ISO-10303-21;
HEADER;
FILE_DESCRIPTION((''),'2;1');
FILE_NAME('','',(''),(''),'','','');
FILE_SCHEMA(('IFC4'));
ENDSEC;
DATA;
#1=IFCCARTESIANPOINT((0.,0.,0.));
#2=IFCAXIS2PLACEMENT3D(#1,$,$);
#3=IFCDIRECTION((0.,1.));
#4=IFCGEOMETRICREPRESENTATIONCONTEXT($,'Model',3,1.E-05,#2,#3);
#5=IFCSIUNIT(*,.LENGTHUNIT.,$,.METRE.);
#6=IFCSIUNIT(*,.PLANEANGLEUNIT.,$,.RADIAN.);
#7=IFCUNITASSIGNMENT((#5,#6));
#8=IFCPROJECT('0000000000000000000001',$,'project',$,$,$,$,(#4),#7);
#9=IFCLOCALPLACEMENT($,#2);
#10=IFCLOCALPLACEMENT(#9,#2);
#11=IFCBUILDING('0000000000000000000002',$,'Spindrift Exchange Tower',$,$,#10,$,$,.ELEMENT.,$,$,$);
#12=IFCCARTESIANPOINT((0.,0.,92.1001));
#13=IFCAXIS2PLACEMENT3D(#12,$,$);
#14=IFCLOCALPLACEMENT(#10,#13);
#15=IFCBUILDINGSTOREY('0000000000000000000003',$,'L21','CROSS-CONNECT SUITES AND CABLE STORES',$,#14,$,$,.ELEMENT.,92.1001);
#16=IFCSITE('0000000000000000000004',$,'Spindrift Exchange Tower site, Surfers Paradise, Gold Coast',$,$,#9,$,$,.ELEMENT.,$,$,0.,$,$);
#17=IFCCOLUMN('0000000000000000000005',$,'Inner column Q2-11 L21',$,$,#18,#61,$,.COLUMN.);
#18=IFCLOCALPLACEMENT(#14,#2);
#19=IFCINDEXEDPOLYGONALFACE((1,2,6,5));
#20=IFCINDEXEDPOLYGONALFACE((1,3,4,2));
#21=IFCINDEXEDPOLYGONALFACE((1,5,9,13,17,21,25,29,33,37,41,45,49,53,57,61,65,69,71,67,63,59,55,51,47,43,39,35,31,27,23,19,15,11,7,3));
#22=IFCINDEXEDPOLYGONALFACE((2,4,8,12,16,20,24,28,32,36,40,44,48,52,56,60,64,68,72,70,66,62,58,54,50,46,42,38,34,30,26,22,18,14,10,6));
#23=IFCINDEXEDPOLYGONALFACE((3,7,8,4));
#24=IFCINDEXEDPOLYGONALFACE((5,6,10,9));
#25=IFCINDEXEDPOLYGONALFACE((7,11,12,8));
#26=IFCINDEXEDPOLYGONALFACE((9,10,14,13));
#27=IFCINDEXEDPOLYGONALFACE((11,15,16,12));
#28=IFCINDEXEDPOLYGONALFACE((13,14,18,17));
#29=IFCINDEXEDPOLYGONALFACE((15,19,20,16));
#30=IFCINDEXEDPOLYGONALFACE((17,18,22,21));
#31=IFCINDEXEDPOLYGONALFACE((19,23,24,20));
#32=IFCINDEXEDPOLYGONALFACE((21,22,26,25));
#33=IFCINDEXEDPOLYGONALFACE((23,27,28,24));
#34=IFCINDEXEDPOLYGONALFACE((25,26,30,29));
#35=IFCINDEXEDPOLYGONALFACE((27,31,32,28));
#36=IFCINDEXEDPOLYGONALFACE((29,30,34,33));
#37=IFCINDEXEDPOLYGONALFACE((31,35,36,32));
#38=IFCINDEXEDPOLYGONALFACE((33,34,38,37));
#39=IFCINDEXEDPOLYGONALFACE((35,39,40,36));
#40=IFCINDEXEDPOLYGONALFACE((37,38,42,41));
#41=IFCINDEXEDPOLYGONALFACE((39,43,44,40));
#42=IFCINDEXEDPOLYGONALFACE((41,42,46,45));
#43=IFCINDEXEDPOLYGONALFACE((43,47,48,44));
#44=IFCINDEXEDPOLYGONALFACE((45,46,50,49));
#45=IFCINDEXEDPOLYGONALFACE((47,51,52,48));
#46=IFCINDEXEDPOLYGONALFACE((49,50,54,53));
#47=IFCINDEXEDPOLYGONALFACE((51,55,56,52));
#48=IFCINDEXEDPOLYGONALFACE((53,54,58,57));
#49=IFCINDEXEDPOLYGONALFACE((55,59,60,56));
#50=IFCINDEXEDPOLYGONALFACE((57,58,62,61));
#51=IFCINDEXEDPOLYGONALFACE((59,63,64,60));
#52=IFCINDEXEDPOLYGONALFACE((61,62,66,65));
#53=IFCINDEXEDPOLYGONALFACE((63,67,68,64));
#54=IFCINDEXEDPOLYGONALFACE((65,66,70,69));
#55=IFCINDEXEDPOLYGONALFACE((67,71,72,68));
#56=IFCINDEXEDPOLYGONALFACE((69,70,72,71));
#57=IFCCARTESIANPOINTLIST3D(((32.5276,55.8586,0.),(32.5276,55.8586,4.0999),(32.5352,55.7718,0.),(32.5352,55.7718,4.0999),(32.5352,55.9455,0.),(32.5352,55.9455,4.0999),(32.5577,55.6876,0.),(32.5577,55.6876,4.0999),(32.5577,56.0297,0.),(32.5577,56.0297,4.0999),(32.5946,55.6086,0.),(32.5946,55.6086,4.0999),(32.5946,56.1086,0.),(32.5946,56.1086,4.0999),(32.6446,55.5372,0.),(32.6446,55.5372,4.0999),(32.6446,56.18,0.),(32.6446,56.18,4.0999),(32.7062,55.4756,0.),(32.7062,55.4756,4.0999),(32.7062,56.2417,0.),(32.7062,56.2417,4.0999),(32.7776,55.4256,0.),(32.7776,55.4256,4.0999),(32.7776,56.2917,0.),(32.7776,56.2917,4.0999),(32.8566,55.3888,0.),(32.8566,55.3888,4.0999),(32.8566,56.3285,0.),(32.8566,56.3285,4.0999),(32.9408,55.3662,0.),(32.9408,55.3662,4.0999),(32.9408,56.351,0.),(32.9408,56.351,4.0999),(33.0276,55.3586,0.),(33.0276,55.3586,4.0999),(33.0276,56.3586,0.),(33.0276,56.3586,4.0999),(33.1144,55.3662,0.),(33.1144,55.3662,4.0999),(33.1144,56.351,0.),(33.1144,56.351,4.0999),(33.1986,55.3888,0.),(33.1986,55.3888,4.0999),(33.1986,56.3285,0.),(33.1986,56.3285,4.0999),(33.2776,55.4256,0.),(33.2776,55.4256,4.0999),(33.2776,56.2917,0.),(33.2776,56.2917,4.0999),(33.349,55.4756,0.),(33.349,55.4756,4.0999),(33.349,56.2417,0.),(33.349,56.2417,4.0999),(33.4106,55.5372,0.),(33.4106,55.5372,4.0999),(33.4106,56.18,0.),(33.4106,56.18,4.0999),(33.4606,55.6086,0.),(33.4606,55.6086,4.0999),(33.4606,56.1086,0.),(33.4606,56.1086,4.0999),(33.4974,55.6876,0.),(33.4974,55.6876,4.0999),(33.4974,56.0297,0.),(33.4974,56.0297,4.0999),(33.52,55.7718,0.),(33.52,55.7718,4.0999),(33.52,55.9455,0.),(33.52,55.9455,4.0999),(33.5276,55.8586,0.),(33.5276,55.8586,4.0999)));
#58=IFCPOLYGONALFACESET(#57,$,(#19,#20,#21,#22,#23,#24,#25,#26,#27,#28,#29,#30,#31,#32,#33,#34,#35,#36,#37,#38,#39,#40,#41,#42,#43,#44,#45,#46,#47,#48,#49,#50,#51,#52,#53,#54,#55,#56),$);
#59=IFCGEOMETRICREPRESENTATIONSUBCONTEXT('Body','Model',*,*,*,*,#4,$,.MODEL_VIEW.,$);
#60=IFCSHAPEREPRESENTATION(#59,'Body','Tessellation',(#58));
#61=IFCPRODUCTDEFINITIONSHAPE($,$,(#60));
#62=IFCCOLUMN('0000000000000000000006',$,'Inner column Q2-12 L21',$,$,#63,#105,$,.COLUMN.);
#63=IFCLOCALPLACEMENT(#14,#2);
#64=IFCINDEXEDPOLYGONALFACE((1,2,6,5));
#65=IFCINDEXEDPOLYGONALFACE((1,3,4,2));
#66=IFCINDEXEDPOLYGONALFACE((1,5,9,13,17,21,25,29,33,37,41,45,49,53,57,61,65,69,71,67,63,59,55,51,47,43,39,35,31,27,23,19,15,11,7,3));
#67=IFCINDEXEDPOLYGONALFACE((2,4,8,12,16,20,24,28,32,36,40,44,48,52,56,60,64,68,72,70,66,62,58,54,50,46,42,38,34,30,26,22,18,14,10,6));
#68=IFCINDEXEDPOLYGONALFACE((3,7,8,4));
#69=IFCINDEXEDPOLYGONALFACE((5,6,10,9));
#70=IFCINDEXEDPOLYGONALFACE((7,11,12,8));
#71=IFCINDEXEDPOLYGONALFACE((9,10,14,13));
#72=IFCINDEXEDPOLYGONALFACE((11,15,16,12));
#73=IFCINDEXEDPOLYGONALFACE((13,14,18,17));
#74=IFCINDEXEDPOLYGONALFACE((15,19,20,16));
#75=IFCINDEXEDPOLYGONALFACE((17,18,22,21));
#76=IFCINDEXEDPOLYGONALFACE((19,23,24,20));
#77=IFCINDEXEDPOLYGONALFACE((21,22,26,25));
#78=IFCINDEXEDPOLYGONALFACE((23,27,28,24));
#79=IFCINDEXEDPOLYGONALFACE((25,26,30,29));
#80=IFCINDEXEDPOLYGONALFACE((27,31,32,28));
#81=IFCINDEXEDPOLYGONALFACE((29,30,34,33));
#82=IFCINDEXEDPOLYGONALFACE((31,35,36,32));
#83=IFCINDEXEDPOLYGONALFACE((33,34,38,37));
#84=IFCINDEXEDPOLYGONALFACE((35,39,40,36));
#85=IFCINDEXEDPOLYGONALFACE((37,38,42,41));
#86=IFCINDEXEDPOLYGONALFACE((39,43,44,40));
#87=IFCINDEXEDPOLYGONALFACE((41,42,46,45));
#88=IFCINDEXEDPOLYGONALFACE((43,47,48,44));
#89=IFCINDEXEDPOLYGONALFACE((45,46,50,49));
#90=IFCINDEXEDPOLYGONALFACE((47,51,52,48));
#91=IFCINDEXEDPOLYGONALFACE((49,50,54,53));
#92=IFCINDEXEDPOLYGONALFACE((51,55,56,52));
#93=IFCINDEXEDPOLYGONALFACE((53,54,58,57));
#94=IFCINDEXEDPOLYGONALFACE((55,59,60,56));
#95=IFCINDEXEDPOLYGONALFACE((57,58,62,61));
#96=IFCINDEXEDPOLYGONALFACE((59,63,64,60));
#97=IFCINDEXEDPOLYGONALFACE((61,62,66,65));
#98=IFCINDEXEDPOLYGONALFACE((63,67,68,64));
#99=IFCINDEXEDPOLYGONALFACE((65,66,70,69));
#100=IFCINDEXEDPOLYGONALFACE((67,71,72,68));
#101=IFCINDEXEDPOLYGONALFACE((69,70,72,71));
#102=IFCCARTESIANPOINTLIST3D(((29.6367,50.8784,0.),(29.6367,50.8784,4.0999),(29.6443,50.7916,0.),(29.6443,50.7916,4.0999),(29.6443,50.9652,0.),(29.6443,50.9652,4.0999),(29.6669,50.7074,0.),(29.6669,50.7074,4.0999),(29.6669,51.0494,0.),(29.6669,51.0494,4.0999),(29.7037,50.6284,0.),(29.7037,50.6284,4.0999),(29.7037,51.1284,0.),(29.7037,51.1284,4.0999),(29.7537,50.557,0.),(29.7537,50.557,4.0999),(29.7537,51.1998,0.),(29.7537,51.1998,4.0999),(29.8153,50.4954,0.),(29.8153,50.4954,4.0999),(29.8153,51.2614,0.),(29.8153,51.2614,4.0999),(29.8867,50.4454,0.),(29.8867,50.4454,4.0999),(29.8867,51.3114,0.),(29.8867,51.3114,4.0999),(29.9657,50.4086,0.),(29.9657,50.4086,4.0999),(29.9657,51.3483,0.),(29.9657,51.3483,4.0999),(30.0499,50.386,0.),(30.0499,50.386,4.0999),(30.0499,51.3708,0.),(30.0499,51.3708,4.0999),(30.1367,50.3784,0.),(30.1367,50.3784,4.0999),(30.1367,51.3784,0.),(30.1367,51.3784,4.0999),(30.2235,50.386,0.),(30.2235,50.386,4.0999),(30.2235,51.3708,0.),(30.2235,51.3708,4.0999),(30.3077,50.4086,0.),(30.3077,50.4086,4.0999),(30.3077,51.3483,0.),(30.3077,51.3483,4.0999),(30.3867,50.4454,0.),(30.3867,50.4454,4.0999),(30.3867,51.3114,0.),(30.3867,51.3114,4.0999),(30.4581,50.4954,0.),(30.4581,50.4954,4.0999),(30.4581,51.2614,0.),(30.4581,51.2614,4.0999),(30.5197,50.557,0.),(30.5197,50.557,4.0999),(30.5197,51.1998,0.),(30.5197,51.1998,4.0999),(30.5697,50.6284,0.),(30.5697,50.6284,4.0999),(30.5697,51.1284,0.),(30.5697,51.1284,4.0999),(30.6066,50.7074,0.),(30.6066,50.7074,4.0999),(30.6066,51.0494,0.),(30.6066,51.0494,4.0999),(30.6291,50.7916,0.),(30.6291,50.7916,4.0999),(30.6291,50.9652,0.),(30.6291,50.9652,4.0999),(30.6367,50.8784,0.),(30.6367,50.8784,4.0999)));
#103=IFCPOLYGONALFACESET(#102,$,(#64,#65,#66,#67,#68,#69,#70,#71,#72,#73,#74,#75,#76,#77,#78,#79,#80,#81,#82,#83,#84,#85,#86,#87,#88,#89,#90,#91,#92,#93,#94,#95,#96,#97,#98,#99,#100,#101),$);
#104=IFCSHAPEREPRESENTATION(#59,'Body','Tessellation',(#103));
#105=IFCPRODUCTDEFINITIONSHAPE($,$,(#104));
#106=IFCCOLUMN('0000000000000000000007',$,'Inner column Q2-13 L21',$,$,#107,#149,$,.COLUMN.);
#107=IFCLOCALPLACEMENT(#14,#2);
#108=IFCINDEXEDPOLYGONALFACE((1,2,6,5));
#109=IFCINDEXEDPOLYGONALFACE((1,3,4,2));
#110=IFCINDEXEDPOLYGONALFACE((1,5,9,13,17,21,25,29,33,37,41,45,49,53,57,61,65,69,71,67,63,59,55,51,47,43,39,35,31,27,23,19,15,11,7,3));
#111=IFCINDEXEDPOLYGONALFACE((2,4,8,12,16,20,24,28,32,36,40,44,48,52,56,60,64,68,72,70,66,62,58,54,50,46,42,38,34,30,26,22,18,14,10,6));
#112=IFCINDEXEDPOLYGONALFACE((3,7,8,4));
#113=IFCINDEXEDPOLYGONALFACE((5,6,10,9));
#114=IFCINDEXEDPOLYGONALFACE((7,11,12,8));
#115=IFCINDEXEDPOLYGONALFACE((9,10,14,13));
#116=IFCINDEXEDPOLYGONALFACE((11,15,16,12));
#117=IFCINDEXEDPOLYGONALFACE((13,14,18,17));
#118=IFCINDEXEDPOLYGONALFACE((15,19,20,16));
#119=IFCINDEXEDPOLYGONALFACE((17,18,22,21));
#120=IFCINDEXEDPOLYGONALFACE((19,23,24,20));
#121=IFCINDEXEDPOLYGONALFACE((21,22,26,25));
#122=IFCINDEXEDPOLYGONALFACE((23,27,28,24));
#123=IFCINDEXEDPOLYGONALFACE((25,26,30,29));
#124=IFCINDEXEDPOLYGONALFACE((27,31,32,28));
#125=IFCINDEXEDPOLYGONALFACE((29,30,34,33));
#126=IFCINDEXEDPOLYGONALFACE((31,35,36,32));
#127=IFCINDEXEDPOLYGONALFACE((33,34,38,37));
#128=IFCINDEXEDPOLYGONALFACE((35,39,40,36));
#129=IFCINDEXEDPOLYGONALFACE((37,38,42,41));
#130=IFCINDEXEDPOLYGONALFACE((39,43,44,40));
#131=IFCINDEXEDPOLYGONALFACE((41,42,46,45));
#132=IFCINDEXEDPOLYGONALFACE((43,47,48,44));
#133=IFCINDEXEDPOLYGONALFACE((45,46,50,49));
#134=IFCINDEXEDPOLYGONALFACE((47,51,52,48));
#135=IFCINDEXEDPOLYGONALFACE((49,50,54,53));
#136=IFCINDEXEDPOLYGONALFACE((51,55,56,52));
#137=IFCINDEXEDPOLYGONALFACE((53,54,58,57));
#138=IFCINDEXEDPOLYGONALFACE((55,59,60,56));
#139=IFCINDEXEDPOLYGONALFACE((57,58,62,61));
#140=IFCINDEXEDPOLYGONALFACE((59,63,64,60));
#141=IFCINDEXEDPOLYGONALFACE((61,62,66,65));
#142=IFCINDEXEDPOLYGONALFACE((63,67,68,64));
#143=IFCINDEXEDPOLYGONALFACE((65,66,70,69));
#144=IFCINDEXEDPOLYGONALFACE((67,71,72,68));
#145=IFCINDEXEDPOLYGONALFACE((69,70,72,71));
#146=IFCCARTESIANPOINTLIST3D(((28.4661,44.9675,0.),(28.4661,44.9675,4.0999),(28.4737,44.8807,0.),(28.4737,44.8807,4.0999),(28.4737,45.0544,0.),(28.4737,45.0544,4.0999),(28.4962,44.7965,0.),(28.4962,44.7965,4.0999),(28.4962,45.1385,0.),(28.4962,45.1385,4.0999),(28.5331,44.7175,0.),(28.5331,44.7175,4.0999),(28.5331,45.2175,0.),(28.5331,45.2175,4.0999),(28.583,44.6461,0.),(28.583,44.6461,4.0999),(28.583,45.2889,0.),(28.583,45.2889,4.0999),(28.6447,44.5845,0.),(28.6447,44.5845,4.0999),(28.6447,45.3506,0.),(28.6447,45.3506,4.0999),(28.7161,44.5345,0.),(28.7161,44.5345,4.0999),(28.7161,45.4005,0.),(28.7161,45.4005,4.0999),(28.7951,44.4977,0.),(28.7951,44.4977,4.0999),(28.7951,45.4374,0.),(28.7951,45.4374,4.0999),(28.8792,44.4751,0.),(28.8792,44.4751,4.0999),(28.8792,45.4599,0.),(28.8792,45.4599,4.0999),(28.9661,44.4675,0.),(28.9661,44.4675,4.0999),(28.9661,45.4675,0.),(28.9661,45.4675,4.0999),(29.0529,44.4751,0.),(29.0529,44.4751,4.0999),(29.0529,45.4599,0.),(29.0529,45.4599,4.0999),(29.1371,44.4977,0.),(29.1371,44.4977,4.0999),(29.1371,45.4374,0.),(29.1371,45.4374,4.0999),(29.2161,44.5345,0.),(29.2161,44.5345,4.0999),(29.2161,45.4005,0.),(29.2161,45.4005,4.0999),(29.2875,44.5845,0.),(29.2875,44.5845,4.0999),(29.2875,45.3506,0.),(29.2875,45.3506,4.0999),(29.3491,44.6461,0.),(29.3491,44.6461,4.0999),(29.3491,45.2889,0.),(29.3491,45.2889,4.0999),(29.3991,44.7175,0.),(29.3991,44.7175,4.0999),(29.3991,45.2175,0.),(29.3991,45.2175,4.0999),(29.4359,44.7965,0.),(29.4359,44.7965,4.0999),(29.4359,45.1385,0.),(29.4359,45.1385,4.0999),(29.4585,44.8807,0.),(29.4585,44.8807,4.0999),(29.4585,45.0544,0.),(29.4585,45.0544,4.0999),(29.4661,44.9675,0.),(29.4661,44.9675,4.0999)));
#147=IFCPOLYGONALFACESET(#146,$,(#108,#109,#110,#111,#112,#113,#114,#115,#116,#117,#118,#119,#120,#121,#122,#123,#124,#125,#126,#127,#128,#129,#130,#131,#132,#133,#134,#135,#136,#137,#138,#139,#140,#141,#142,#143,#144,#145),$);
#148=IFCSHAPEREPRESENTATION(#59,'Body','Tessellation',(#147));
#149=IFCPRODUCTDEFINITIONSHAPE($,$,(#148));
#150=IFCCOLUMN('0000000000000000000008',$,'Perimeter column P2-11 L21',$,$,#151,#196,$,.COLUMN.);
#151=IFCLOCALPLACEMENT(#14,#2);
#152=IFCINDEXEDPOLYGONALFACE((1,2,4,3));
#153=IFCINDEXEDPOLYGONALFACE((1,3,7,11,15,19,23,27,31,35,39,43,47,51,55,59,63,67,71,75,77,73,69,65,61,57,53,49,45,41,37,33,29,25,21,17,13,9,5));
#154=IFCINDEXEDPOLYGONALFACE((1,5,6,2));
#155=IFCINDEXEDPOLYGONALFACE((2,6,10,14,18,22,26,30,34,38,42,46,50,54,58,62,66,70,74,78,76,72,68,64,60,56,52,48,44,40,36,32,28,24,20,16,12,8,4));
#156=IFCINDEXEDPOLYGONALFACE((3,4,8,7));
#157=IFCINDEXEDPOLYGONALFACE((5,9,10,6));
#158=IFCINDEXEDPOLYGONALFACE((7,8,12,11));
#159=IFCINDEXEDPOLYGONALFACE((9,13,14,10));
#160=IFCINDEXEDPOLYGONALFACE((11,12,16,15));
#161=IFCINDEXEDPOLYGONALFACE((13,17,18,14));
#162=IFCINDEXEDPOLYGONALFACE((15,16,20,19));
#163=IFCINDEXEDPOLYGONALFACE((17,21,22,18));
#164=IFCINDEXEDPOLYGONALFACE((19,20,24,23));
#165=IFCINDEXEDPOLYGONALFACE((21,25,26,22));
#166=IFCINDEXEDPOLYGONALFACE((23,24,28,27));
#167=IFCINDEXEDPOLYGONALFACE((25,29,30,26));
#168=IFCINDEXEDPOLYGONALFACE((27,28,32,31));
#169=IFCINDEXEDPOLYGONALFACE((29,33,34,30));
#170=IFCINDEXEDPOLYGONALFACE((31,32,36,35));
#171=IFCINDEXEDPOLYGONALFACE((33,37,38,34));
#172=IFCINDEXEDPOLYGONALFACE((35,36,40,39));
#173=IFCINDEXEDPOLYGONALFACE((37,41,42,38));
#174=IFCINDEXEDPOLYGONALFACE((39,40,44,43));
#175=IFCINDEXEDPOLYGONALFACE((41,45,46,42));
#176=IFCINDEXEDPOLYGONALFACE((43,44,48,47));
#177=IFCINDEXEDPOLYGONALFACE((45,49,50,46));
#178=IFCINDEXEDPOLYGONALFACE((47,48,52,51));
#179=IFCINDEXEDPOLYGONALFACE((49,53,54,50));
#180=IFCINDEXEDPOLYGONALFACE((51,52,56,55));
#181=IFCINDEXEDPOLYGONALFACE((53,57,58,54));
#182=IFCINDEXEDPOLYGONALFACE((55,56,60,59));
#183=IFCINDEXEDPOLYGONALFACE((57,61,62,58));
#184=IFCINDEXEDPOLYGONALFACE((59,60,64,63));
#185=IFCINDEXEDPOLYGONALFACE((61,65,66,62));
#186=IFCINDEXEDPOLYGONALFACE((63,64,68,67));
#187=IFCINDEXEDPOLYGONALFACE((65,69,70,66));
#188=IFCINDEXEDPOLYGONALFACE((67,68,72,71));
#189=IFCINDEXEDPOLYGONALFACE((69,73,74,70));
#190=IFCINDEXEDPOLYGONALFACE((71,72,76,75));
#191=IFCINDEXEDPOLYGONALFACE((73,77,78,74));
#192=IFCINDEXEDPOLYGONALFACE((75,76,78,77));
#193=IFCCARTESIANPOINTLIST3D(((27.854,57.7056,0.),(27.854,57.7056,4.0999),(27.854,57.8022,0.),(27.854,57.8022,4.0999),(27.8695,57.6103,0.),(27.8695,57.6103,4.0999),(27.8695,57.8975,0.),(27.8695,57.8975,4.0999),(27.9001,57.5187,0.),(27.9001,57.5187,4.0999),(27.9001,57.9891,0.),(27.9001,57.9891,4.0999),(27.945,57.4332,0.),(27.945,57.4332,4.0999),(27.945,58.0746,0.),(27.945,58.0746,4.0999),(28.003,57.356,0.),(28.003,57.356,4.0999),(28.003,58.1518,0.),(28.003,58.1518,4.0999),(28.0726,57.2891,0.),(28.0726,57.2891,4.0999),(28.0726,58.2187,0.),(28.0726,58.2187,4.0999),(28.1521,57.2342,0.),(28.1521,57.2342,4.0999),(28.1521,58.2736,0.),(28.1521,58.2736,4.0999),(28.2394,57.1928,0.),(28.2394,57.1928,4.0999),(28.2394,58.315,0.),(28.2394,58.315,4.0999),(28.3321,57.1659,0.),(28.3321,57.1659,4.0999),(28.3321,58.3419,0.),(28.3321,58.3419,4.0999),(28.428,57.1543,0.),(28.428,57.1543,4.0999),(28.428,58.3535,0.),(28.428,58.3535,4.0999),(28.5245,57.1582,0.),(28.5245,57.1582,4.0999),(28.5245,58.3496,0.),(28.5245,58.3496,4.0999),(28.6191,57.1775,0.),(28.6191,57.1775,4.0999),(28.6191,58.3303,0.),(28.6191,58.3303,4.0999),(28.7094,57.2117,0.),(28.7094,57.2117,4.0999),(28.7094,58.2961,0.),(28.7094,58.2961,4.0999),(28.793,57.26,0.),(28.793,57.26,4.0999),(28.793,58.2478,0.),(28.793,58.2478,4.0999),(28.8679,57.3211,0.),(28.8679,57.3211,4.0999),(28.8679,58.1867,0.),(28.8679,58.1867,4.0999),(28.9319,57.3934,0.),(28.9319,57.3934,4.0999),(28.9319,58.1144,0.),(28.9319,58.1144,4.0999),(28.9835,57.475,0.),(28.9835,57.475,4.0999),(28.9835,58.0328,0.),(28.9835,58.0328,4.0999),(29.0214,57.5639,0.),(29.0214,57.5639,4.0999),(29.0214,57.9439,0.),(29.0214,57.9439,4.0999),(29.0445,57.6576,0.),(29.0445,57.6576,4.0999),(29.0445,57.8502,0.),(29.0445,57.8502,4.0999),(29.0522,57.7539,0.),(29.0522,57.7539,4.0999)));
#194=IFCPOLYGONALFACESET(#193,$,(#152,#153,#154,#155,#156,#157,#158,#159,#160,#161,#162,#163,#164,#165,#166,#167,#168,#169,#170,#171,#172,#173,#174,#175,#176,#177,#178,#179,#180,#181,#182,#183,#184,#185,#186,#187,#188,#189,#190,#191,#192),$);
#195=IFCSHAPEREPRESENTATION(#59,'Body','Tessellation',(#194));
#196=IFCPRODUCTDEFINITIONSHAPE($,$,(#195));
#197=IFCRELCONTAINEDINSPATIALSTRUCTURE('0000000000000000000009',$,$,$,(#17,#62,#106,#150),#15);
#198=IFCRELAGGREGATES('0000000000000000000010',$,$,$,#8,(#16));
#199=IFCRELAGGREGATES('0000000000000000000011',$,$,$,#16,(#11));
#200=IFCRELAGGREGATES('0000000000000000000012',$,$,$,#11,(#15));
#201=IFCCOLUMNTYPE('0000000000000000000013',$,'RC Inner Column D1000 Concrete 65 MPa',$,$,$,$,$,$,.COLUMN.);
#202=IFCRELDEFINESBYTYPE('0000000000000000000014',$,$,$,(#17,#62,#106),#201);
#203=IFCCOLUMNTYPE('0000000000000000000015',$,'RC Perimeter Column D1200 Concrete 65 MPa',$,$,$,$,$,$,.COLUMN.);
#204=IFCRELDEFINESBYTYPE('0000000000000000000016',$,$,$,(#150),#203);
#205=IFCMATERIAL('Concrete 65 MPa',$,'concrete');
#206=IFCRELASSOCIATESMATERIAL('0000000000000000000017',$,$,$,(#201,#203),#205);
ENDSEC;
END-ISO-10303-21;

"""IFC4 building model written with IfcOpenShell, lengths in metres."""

from ifc_helpers import new_model, si_unit, direction, frame, origin, origin_2d, place, context, subcontext, project, spatial, circle, extrude, source, transform, mapped, material, material_profile, profile_set, type_object, element, save


model = new_model("IFC4")

# Units and contexts
model_context = context("Model", 3, precision=1e-05, world=origin(), true_north=direction((0.0, 1.0)))
body_context = subcontext(model_context, "Body", "Model", "MODEL_VIEW")
ifc_project = project(units=[si_unit("LENGTHUNIT", "METRE"), si_unit("PLANEANGLEUNIT", "RADIAN")], contexts=[model_context])

# Site, building, storey
site_placement = place(None, origin())
site = spatial("IfcSite", under=ifc_project, at=site_placement, Name="Spindrift Exchange Tower site, Surfers Paradise, Gold Coast", CompositionType="ELEMENT", RefElevation=0.0)
building_placement = place(site_placement, origin())
building = spatial("IfcBuilding", under=site, at=building_placement, Name="Spindrift Exchange Tower", CompositionType="ELEMENT")
storey_placement = place(building_placement, frame((0.0, 0.0, 92.1001)))
storey = spatial("IfcBuildingStorey", under=building, at=storey_placement, Name="L21", Description="CROSS-CONNECT SUITES AND CABLE STORES", CompositionType="ELEMENT", Elevation=92.1001)

# Columns
ifc_material_1 = material(Name="Concrete 65 MPa", Category="concrete")
ifc_material_profile_1 = material_profile(ifc_material_1, circle(Radius=0.5, at=origin_2d()), Name="RC D1000")
ifc_profile_set_1 = profile_set([ifc_material_profile_1], Name="Concrete 65 MPa")
column_type_1 = type_object("IfcColumnType", Name="RC Inner Column D1000 Concrete 65 MPa", PredefinedType="COLUMN", material=ifc_profile_set_1)
shared_shape_1 = source(origin(), body_context, "Body", "SweptSolid", [
    extrude(circle(Radius=0.5, at=origin_2d()), origin(), (0.0, 0.0, 1.0), 4.0999),
])
for number, where, z_axis, x_axis, name in (
    (1, (33.0276, 55.8586, 0.0), (0.0, 0.0, 1.0), (1.0, 0.0, 0.0), "Inner column Q2-11 L21"),
    (2, (30.1367, 50.8784, 0.0), (0.0, 0.0, 1.0), (1.0, 0.0, 0.0), "Inner column Q2-12 L21"),
    (3, (28.9661, 44.9675, 0.0), (0.0, 0.0, 1.0), (1.0, 0.0, 0.0), "Inner column Q2-13 L21"),
):
    element("IfcColumn", number, at=place(storey_placement, frame(where, z_axis=z_axis, x_axis=x_axis)), inside=storey, type_object=column_type_1, Name=name, PredefinedType="COLUMN", context=body_context, shape_type="MappedRepresentation", body=[
        mapped(shared_shape_1, transform((0.0, 0.0, 0.0), scale=1.0)),
    ])
ifc_material_profile_2 = material_profile(ifc_material_1, circle(Radius=0.6001, at=origin_2d()), Name="RC D1200")
ifc_profile_set_2 = profile_set([ifc_material_profile_2], Name="Concrete 65 MPa")
column_type_2 = type_object("IfcColumnType", Name="RC Perimeter Column D1200 Concrete 65 MPa", PredefinedType="COLUMN", material=ifc_profile_set_2)
shared_shape_2 = source(origin(), body_context, "Body", "SweptSolid", [
    extrude(circle(Radius=0.6001, at=origin_2d()), origin(), (0.0, 0.0, 1.0), 4.0999),
])
for number, where, z_axis, x_axis, name in (
    (4, (28.4521, 57.7539, 0.0), (0.0, 0.0, 1.0), (1.0, 0.0, 0.0), "Perimeter column P2-11 L21"),
):
    element("IfcColumn", number, at=place(storey_placement, frame(where, z_axis=z_axis, x_axis=x_axis)), inside=storey, type_object=column_type_2, Name=name, PredefinedType="COLUMN", context=body_context, shape_type="MappedRepresentation", body=[
        mapped(shared_shape_2, transform((0.0, 0.0, 0.0), scale=1.0)),
    ])

save(model, "model.ifc")
